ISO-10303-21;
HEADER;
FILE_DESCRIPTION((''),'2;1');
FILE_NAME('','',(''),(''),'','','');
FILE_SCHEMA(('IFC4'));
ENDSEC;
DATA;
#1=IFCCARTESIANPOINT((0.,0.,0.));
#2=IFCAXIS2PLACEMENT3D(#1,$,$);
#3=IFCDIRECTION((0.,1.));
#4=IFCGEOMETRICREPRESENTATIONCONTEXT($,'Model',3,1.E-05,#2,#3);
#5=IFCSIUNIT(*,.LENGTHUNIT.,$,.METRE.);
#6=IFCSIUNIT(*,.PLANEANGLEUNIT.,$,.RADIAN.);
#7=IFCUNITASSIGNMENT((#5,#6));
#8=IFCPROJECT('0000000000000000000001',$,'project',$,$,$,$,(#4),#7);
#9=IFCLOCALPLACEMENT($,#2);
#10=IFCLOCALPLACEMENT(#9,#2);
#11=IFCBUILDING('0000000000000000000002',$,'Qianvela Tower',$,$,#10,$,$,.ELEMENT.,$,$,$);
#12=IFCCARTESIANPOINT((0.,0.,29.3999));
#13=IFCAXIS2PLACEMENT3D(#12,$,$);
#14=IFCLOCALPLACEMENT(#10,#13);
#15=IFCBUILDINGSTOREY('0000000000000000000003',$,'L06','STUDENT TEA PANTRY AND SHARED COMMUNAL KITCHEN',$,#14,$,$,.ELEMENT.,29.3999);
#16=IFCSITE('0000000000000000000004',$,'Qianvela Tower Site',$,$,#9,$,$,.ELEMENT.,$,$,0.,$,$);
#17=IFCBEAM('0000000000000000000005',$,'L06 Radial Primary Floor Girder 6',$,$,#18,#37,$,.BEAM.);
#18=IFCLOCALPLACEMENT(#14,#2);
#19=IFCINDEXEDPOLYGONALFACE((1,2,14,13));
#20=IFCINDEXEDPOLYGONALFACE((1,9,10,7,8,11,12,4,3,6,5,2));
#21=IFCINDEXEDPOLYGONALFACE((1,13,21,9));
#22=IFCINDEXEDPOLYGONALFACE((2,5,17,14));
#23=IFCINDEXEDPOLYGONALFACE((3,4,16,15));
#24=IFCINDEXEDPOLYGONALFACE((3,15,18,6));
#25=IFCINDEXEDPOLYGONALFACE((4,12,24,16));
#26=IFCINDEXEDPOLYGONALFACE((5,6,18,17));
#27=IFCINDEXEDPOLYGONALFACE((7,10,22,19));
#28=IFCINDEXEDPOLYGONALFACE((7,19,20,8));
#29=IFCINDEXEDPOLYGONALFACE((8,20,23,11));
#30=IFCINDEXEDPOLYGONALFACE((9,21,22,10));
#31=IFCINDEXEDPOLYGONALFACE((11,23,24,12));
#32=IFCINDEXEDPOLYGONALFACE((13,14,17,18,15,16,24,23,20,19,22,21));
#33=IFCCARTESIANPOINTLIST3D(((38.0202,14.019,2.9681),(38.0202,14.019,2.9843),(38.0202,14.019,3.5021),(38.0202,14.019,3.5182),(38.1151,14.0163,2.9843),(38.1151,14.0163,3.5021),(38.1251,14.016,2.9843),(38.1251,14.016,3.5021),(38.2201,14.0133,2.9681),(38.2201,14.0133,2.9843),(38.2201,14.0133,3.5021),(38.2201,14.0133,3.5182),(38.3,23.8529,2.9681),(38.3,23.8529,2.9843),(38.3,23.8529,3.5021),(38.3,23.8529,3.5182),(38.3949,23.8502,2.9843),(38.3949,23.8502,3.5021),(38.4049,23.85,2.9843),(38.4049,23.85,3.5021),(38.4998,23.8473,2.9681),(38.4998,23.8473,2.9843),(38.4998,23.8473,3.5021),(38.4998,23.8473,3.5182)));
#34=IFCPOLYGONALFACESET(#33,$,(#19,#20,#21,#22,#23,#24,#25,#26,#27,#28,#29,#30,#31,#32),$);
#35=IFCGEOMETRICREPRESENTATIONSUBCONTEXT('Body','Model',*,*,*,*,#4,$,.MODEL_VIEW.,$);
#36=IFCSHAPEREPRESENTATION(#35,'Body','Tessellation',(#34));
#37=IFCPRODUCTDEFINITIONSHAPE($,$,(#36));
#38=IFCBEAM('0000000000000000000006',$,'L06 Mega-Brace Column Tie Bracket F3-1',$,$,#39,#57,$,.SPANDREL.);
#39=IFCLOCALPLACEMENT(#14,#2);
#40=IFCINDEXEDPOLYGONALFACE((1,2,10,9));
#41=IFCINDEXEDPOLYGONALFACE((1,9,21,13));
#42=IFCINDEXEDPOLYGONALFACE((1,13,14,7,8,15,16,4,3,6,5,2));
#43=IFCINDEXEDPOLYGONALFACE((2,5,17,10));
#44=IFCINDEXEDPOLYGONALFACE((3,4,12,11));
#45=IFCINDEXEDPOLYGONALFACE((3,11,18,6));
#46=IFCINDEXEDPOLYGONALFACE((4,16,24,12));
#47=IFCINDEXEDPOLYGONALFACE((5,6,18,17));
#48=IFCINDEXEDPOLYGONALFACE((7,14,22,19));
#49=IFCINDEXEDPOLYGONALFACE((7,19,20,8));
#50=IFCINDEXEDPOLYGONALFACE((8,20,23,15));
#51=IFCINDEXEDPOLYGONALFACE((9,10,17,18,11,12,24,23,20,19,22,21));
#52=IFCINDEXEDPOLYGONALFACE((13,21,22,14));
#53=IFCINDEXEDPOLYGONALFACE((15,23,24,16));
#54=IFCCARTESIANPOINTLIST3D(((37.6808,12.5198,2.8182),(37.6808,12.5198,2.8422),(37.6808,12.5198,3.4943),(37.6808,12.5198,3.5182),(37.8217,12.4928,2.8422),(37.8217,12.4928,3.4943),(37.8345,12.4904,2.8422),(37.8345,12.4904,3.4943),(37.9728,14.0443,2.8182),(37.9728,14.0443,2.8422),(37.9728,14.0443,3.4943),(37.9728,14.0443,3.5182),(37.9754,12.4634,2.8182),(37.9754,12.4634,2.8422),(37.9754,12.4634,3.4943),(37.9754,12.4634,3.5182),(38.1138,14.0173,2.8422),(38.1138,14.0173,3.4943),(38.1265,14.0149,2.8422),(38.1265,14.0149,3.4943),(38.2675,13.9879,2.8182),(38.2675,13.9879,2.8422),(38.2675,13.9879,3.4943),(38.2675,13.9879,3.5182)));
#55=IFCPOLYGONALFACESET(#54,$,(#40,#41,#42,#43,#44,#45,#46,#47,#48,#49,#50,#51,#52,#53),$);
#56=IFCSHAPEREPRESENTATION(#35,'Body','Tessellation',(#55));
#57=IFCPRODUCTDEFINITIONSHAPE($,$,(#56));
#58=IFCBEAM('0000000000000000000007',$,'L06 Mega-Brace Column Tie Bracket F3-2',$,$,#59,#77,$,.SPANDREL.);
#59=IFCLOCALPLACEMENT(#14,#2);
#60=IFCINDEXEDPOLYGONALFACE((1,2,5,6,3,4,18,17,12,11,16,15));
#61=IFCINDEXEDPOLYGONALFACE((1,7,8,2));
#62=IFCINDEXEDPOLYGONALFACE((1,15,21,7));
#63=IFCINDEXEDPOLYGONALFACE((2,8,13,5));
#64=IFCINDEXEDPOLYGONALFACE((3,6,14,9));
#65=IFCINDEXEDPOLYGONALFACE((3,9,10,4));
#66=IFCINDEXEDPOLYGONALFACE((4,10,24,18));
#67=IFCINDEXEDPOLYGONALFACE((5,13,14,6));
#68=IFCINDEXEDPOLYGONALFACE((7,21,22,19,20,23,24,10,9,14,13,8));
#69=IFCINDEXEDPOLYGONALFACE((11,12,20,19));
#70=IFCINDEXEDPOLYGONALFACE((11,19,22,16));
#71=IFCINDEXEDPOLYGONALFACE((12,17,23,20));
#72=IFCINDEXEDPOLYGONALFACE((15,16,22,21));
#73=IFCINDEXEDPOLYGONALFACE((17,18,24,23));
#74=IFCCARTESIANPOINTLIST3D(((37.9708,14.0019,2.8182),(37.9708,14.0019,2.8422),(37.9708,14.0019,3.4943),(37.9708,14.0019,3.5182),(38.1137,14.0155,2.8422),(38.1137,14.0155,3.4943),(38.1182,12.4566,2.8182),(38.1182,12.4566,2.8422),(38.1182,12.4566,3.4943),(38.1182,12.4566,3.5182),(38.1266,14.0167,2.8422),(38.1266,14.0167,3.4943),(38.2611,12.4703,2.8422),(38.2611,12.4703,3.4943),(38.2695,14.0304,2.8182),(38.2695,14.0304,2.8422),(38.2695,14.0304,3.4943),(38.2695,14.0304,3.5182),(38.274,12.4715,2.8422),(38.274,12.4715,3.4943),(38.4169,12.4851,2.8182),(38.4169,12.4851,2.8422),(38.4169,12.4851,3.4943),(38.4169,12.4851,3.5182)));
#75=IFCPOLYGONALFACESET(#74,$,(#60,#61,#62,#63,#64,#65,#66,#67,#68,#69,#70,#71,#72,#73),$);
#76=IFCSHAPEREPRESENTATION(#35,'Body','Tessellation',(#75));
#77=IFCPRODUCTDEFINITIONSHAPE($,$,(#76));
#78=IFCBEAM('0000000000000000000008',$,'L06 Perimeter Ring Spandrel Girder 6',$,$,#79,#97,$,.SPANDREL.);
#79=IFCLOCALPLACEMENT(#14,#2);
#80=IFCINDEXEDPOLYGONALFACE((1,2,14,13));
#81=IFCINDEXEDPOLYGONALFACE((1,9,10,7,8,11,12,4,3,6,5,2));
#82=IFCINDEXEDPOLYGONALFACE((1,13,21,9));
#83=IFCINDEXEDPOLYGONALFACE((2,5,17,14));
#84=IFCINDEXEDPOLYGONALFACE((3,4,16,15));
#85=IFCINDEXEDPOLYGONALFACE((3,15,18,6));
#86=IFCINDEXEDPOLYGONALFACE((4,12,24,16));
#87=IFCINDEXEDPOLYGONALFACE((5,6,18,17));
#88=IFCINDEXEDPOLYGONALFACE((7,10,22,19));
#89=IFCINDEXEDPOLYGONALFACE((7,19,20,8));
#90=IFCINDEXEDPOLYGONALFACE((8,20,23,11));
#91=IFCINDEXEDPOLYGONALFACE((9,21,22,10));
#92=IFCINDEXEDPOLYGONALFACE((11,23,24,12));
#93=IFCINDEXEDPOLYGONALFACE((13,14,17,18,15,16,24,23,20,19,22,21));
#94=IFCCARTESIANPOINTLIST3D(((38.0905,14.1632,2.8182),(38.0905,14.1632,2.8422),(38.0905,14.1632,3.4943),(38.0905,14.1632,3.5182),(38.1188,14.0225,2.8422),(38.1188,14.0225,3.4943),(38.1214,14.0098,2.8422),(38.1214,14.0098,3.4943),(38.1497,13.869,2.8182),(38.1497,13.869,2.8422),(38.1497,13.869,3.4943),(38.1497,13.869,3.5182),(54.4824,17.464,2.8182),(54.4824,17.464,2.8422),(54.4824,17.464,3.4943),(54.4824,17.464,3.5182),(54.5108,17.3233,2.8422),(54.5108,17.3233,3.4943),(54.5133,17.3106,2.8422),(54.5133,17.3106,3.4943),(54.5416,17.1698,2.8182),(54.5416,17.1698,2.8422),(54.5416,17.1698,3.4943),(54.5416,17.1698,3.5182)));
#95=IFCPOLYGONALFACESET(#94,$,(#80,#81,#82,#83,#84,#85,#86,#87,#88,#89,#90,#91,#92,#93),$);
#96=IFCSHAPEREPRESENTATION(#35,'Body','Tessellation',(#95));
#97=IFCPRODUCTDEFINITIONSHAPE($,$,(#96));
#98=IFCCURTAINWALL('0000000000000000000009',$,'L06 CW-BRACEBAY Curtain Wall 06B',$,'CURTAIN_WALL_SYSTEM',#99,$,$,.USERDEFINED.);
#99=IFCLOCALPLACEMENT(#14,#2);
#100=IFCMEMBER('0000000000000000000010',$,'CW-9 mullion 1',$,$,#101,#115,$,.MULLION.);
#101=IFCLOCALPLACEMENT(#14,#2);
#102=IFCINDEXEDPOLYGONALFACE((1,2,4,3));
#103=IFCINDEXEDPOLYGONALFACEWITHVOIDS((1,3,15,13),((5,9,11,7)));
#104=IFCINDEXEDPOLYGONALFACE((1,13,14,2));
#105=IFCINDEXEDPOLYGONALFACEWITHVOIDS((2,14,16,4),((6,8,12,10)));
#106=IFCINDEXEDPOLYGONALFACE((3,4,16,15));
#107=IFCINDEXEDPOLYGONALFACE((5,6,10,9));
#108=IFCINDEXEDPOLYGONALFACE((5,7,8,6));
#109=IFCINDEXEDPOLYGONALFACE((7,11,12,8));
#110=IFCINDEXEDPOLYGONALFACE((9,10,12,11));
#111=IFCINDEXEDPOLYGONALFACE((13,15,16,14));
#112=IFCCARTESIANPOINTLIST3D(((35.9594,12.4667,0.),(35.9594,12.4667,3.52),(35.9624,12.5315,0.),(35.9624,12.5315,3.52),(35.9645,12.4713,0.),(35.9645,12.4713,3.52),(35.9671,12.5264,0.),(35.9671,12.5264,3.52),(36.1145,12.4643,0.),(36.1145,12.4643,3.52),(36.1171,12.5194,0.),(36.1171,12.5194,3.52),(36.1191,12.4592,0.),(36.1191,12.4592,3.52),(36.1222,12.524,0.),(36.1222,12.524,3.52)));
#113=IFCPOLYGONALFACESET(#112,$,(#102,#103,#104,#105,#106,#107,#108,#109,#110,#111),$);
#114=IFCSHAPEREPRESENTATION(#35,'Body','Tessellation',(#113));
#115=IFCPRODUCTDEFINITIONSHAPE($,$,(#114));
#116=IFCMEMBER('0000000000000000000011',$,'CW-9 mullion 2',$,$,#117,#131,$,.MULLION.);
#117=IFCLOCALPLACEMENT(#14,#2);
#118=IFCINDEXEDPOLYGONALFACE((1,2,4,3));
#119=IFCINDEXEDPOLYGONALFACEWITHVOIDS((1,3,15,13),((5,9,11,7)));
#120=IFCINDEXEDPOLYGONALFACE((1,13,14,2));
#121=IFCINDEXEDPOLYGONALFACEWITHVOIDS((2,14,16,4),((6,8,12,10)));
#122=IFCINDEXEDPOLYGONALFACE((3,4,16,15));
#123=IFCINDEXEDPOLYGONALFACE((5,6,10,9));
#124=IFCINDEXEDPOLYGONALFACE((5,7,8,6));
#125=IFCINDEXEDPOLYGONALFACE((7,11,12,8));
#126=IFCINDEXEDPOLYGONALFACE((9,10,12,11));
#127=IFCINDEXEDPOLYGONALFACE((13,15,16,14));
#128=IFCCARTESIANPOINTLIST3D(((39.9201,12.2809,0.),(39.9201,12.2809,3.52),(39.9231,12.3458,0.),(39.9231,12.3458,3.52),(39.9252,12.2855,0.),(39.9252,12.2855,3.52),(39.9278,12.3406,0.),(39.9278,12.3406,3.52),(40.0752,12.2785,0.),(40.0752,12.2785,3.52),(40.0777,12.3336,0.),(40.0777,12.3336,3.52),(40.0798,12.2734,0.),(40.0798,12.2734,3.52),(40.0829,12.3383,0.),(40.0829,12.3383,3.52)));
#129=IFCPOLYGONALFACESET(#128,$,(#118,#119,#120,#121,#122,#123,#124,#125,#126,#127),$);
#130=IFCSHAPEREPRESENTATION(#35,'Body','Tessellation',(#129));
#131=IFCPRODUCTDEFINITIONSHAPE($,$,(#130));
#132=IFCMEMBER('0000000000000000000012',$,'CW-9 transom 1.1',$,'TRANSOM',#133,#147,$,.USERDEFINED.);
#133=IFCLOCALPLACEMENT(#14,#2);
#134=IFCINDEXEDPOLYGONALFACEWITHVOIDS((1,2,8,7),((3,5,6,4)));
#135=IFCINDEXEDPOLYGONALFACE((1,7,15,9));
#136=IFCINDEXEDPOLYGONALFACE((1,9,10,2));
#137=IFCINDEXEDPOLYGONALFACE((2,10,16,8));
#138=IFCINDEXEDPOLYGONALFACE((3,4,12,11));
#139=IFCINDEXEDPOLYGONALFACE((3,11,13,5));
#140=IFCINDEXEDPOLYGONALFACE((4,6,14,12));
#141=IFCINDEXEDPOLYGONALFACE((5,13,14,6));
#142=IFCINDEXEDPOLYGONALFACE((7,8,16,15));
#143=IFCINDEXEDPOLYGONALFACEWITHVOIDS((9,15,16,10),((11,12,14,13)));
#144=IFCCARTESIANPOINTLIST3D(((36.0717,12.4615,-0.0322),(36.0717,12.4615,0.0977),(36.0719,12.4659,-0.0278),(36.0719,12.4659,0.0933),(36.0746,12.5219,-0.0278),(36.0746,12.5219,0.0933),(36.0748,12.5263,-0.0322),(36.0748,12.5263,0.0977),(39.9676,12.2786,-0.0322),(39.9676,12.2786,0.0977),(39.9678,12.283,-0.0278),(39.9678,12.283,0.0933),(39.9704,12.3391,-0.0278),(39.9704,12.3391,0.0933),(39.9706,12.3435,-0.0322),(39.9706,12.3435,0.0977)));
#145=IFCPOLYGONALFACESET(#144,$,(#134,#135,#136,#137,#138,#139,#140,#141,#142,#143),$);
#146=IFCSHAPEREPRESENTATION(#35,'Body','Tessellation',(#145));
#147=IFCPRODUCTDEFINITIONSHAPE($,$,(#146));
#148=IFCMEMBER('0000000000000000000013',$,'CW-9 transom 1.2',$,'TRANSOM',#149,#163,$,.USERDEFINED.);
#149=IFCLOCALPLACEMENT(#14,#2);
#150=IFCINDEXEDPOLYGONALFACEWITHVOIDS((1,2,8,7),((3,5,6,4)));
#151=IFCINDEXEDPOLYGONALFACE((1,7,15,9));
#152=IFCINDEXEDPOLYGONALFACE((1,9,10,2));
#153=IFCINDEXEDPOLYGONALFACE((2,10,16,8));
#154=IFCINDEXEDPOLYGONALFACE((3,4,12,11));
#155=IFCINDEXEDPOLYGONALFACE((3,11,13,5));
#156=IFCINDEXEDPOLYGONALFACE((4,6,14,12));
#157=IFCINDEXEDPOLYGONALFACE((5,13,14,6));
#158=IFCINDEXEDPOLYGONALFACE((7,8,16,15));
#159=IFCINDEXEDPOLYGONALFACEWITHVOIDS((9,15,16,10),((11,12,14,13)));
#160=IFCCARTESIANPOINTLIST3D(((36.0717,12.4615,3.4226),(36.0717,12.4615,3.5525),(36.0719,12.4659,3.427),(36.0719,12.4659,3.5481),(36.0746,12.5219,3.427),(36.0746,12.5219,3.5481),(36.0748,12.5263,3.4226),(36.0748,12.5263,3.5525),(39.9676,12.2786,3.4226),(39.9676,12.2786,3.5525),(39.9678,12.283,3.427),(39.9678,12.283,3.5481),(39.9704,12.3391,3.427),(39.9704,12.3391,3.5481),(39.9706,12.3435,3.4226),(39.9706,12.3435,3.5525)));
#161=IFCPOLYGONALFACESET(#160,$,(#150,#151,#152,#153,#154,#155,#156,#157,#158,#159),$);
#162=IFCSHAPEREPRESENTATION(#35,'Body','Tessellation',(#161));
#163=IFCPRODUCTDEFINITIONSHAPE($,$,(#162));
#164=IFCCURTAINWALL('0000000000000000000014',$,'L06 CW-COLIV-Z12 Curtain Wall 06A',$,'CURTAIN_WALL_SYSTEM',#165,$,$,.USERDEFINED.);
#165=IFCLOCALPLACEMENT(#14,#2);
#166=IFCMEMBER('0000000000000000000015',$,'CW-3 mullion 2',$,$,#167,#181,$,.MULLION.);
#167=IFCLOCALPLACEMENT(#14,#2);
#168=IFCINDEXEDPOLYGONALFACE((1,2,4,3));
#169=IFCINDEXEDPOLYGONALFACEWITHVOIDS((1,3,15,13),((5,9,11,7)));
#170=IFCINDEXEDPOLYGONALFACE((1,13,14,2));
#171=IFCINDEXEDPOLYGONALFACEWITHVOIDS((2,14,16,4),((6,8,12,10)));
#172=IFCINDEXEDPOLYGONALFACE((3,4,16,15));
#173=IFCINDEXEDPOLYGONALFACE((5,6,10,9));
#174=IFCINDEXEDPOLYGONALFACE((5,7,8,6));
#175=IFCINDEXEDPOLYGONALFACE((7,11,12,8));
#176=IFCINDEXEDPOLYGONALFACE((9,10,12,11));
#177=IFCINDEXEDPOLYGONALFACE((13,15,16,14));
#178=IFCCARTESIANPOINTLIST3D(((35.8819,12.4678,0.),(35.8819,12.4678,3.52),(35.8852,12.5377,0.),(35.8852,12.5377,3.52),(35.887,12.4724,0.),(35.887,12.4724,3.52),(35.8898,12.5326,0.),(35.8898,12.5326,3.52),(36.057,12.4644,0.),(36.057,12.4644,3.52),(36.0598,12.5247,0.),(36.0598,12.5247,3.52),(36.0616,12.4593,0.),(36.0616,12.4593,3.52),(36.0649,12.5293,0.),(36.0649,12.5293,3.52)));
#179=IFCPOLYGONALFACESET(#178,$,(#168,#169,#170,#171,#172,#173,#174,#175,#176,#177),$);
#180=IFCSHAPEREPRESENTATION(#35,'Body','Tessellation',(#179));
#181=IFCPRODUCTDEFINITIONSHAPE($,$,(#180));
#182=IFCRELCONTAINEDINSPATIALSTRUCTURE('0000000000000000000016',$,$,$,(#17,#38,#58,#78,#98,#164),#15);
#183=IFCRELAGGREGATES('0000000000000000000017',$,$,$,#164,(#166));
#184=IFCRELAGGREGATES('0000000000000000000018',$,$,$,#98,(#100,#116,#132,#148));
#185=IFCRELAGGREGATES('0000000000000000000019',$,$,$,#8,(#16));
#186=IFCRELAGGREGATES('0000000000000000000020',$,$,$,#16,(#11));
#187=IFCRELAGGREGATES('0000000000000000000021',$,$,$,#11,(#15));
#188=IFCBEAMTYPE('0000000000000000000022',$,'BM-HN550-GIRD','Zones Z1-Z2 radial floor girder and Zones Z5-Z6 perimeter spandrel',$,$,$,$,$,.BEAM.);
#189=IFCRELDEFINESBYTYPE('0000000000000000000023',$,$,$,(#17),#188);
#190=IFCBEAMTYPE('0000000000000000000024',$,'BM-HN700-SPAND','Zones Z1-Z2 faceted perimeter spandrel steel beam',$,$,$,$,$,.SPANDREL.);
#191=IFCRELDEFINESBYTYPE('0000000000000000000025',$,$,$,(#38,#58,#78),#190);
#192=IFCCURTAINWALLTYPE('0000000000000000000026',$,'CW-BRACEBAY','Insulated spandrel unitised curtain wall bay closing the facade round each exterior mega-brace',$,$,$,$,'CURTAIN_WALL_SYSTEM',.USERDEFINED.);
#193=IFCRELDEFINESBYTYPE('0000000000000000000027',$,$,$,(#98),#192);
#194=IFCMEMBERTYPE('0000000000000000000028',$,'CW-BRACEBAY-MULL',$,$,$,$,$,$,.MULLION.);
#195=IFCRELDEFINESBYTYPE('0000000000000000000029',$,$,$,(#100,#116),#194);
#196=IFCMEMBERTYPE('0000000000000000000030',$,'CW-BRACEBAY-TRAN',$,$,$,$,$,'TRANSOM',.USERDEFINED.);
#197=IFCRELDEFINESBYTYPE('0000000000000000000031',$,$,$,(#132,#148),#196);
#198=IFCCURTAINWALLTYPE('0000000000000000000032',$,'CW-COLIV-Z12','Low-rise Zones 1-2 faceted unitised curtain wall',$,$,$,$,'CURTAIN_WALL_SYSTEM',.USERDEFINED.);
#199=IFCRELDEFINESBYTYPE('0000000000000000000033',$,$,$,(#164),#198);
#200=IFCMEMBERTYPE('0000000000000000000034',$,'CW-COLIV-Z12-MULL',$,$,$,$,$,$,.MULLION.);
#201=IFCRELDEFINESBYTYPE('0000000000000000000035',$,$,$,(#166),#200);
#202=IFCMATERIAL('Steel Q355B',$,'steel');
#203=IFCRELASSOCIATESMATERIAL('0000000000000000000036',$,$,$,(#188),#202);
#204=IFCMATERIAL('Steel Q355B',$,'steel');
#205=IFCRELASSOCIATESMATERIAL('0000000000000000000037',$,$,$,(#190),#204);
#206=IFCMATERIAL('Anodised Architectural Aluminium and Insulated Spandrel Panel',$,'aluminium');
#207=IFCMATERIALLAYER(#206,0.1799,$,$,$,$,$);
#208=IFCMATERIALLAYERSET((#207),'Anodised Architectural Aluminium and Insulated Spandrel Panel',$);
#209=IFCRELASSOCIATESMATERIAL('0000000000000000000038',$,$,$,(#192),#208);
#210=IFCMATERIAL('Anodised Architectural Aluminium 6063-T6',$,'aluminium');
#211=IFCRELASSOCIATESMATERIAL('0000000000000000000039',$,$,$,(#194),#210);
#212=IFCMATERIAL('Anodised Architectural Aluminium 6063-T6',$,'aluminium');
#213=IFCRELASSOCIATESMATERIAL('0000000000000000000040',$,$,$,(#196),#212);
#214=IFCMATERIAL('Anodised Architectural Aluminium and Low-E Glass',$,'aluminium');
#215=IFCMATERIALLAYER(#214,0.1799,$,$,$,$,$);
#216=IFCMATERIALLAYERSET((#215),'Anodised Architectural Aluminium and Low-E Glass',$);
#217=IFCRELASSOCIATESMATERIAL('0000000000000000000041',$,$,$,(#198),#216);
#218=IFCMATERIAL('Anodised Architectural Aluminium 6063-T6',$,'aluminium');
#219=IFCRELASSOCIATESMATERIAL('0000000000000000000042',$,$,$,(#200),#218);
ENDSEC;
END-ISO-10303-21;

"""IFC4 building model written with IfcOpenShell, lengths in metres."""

from ifc_helpers import new_model, si_unit, direction, frame, origin, origin_2d, place, context, subcontext, project, spatial, hollow_rectangle, i_section, extrude, material, layer, layer_set, material_profile, profile_set, type_object, element, aggregate, save


model = new_model("IFC4")

# Units and contexts
model_context = context("Model", 3, precision=1e-05, world=origin(), true_north=direction((0.0, 1.0)))
body_context = subcontext(model_context, "Body", "Model", "MODEL_VIEW")
ifc_project = project(units=[si_unit("LENGTHUNIT", "METRE"), si_unit("PLANEANGLEUNIT", "RADIAN")], contexts=[model_context])

# Site, building, storey
site_placement = place(None, origin())
site = spatial("IfcSite", under=ifc_project, at=site_placement, Name="Qianvela Tower Site", CompositionType="ELEMENT", RefElevation=0.0)
building_placement = place(site_placement, origin())
building = spatial("IfcBuilding", under=site, at=building_placement, Name="Qianvela Tower", CompositionType="ELEMENT")
storey_placement = place(building_placement, frame((0.0, 0.0, 29.3999)))
storey = spatial("IfcBuildingStorey", under=building, at=storey_placement, Name="L06", Description="STUDENT TEA PANTRY AND SHARED COMMUNAL KITCHEN", CompositionType="ELEMENT", Elevation=29.3999)

# Beams
ifc_material_1 = material(Name="Steel Q355B", Category="steel")
ifc_material_profile_1 = material_profile(ifc_material_1, i_section(OverallWidth=0.2, OverallDepth=0.55, WebThickness=0.01, FlangeThickness=0.0161, at=origin_2d()), Name="HN550x200x10x16")
ifc_profile_set_1 = profile_set([ifc_material_profile_1], Name="Steel Q355B")
beam_type_1 = type_object("IfcBeamType", Name="BM-HN550-GIRD", Description="Zones Z1-Z2 radial floor girder and Zones Z5-Z6 perimeter spandrel", PredefinedType="BEAM", material=ifc_profile_set_1)
beam_1_placement = place(storey_placement, frame((38.3999, 23.8501, 3.2432), z_axis=(-0.028439, -0.999596, 0.0), x_axis=(0.999596, -0.028439, 0.0)))
element("IfcBeam", 1, at=beam_1_placement, inside=storey, type_object=beam_type_1, Name="L06 Radial Primary Floor Girder 6", PredefinedType="BEAM", context=body_context, shape_type="SweptSolid", body=[
    extrude(i_section(OverallWidth=0.2, OverallDepth=0.55, WebThickness=0.01, FlangeThickness=0.0161, at=origin_2d()), origin(), (0.0, 0.0, 1.0), 9.8379),
])
ifc_material_2 = material(Name="Steel Q355B", Category="steel")
ifc_material_profile_2 = material_profile(ifc_material_2, i_section(OverallWidth=0.3, OverallDepth=0.7, WebThickness=0.0129, FlangeThickness=0.0239, at=origin_2d()), Name="HN700x300x13x24")
ifc_profile_set_2 = profile_set([ifc_material_profile_2], Name="Steel Q355B")
beam_type_2 = type_object("IfcBeamType", Name="BM-HN700-SPAND", Description="Zones Z1-Z2 faceted perimeter spandrel steel beam", PredefinedType="SPANDREL", material=ifc_profile_set_2)
for number, where, z_axis, x_axis, name in (
    (2, (38.1201, 14.0161, 3.1682), (-0.188124, -0.982145, 0.0), (0.982145, -0.188124, 0.0), "L06 Mega-Brace Column Tie Bracket F3-1"),
    (3, (38.1201, 14.0161, 3.1682), (0.095002, -0.995477, 0.0), (0.995477, 0.095002, 0.0), "L06 Mega-Brace Column Tie Bracket F3-2"),
):
    element("IfcBeam", number, at=place(storey_placement, frame(where, z_axis=z_axis, x_axis=x_axis)), inside=storey, type_object=beam_type_2, Name=name, PredefinedType="SPANDREL", context=body_context, shape_type="SweptSolid", body=[
        extrude(i_section(OverallWidth=0.3, OverallDepth=0.7, WebThickness=0.0129, FlangeThickness=0.0239, at=origin_2d()), origin(), (0.0, 0.0, 1.0), 1.5522),
    ])
beam_2_placement = place(storey_placement, frame((38.1201, 14.0161, 3.1682), z_axis=(0.980322, 0.197405, 0.0), x_axis=(-0.197405, 0.980322, 0.0)))
element("IfcBeam", 4, at=beam_2_placement, inside=storey, type_object=beam_type_2, Name="L06 Perimeter Ring Spandrel Girder 6", PredefinedType="SPANDREL", context=body_context, shape_type="SweptSolid", body=[
    extrude(i_section(OverallWidth=0.3, OverallDepth=0.7, WebThickness=0.0129, FlangeThickness=0.0239, at=origin_2d()), origin(), (0.0, 0.0, 1.0), 16.7209),
])

# Curtain wall, members
ifc_material_3 = material(Name="Anodised Architectural Aluminium and Insulated Spandrel Panel", Category="aluminium")
ifc_layer_1 = layer(ifc_material_3, 0.1799)
ifc_layer_set_1 = layer_set([ifc_layer_1], Name="Anodised Architectural Aluminium and Insulated Spandrel Panel")
curtain_wall_type_1 = type_object("IfcCurtainWallType", Name="CW-BRACEBAY", Description="Insulated spandrel unitised curtain wall bay closing the facade round each exterior mega-brace", ElementType="CURTAIN_WALL_SYSTEM", PredefinedType="USERDEFINED", material=ifc_layer_set_1)
curtain_wall_1_placement = place(storey_placement, origin())
curtain_wall_1 = element("IfcCurtainWall", 5, at=curtain_wall_1_placement, inside=storey, type_object=curtain_wall_type_1, Name="L06 CW-BRACEBAY Curtain Wall 06B", ObjectType="CURTAIN_WALL_SYSTEM", PredefinedType="USERDEFINED")
ifc_material_4 = material(Name="Anodised Architectural Aluminium 6063-T6", Category="aluminium")
ifc_material_profile_3 = material_profile(ifc_material_4, hollow_rectangle(XDim=0.0649, YDim=0.1599, WallThickness=0.0049, at=origin_2d()), Name="ALU-MULL-65x160")
ifc_profile_set_3 = profile_set([ifc_material_profile_3], Name="Anodised Architectural Aluminium 6063-T6")
member_type_1 = type_object("IfcMemberType", Name="CW-BRACEBAY-MULL", PredefinedType="MULLION", material=ifc_profile_set_3)
member_1_placement = place(storey_placement, frame((36.0408, 12.4954, 0.0), z_axis=(0.0, 0.0, 1.0), x_axis=(0.046898, 0.9989, 0.0)))
member_1 = element("IfcMember", 6, at=member_1_placement, type_object=member_type_1, Name="CW-9 mullion 1", PredefinedType="MULLION", context=body_context, shape_type="SweptSolid", body=[
    extrude(hollow_rectangle(XDim=0.0649, YDim=0.1599, WallThickness=0.0049, at=origin_2d()), origin(), (0.0, 0.0, 1.0), 3.52),
])
member_2_placement = place(storey_placement, frame((40.0015, 12.3096, 0.0), z_axis=(0.0, 0.0, 1.0), x_axis=(0.046898, 0.9989, 0.0)))
member_2 = element("IfcMember", 7, at=member_2_placement, type_object=member_type_1, Name="CW-9 mullion 2", PredefinedType="MULLION", context=body_context, shape_type="SweptSolid", body=[
    extrude(hollow_rectangle(XDim=0.0649, YDim=0.1599, WallThickness=0.0049, at=origin_2d()), origin(), (0.0, 0.0, 1.0), 3.52),
])
ifc_material_5 = material(Name="Anodised Architectural Aluminium 6063-T6", Category="aluminium")
ifc_material_profile_4 = material_profile(ifc_material_5, hollow_rectangle(XDim=0.0649, YDim=0.1299, WallThickness=0.0044, at=origin_2d()), Name="ALU-TRAN-65x130")
ifc_profile_set_4 = profile_set([ifc_material_profile_4], Name="Anodised Architectural Aluminium 6063-T6")
member_type_2 = type_object("IfcMemberType", Name="CW-BRACEBAY-TRAN", ElementType="TRANSOM", PredefinedType="USERDEFINED", material=ifc_profile_set_4)
member_3_placement = place(storey_placement, frame((36.0732, 12.4939, 0.0327), z_axis=(0.9989, -0.046887, 0.0), x_axis=(0.046887, 0.9989, 0.0)))
member_3 = element("IfcMember", 8, at=member_3_placement, type_object=member_type_2, Name="CW-9 transom 1.1", ObjectType="TRANSOM", PredefinedType="USERDEFINED", context=body_context, shape_type="SweptSolid", body=[
    extrude(hollow_rectangle(XDim=0.0649, YDim=0.1299, WallThickness=0.0044, at=origin_2d()), origin(), (0.0, 0.0, 1.0), 3.9001),
])
member_4_placement = place(storey_placement, frame((36.0732, 12.4939, 3.4875), z_axis=(0.9989, -0.046887, 0.0), x_axis=(0.046887, 0.9989, 0.0)))
member_4 = element("IfcMember", 9, at=member_4_placement, type_object=member_type_2, Name="CW-9 transom 1.2", ObjectType="TRANSOM", PredefinedType="USERDEFINED", context=body_context, shape_type="SweptSolid", body=[
    extrude(hollow_rectangle(XDim=0.0649, YDim=0.1299, WallThickness=0.0044, at=origin_2d()), origin(), (0.0, 0.0, 1.0), 3.9001),
])

# Curtain wall, member
ifc_material_6 = material(Name="Anodised Architectural Aluminium and Low-E Glass", Category="aluminium")
ifc_layer_2 = layer(ifc_material_6, 0.1799)
ifc_layer_set_2 = layer_set([ifc_layer_2], Name="Anodised Architectural Aluminium and Low-E Glass")
curtain_wall_type_2 = type_object("IfcCurtainWallType", Name="CW-COLIV-Z12", Description="Low-rise Zones 1-2 faceted unitised curtain wall", ElementType="CURTAIN_WALL_SYSTEM", PredefinedType="USERDEFINED", material=ifc_layer_set_2)
curtain_wall_2_placement = place(storey_placement, origin())
curtain_wall_2 = element("IfcCurtainWall", 10, at=curtain_wall_2_placement, inside=storey, type_object=curtain_wall_type_2, Name="L06 CW-COLIV-Z12 Curtain Wall 06A", ObjectType="CURTAIN_WALL_SYSTEM", PredefinedType="USERDEFINED")
ifc_material_7 = material(Name="Anodised Architectural Aluminium 6063-T6", Category="aluminium")
ifc_material_profile_5 = material_profile(ifc_material_7, hollow_rectangle(XDim=0.0701, YDim=0.1799, WallThickness=0.0049, at=origin_2d()), Name="ALU-MULL-70x180")
ifc_profile_set_5 = profile_set([ifc_material_profile_5], Name="Anodised Architectural Aluminium 6063-T6")
member_type_3 = type_object("IfcMemberType", Name="CW-COLIV-Z12-MULL", PredefinedType="MULLION", material=ifc_profile_set_5)
member_5_placement = place(storey_placement, frame((35.9734, 12.4985, 0.0), z_axis=(0.0, 0.0, 1.0), x_axis=(0.046881, 0.9989, 0.0)))
member_5 = element("IfcMember", 11, at=member_5_placement, type_object=member_type_3, Name="CW-3 mullion 2", PredefinedType="MULLION", context=body_context, shape_type="SweptSolid", body=[
    extrude(hollow_rectangle(XDim=0.0701, YDim=0.1799, WallThickness=0.0049, at=origin_2d()), origin(), (0.0, 0.0, 1.0), 3.52),
])
aggregate(curtain_wall_2, [member_5])

aggregate(curtain_wall_1, [member_1, member_2, member_3, member_4])

save(model, "model.ifc")
